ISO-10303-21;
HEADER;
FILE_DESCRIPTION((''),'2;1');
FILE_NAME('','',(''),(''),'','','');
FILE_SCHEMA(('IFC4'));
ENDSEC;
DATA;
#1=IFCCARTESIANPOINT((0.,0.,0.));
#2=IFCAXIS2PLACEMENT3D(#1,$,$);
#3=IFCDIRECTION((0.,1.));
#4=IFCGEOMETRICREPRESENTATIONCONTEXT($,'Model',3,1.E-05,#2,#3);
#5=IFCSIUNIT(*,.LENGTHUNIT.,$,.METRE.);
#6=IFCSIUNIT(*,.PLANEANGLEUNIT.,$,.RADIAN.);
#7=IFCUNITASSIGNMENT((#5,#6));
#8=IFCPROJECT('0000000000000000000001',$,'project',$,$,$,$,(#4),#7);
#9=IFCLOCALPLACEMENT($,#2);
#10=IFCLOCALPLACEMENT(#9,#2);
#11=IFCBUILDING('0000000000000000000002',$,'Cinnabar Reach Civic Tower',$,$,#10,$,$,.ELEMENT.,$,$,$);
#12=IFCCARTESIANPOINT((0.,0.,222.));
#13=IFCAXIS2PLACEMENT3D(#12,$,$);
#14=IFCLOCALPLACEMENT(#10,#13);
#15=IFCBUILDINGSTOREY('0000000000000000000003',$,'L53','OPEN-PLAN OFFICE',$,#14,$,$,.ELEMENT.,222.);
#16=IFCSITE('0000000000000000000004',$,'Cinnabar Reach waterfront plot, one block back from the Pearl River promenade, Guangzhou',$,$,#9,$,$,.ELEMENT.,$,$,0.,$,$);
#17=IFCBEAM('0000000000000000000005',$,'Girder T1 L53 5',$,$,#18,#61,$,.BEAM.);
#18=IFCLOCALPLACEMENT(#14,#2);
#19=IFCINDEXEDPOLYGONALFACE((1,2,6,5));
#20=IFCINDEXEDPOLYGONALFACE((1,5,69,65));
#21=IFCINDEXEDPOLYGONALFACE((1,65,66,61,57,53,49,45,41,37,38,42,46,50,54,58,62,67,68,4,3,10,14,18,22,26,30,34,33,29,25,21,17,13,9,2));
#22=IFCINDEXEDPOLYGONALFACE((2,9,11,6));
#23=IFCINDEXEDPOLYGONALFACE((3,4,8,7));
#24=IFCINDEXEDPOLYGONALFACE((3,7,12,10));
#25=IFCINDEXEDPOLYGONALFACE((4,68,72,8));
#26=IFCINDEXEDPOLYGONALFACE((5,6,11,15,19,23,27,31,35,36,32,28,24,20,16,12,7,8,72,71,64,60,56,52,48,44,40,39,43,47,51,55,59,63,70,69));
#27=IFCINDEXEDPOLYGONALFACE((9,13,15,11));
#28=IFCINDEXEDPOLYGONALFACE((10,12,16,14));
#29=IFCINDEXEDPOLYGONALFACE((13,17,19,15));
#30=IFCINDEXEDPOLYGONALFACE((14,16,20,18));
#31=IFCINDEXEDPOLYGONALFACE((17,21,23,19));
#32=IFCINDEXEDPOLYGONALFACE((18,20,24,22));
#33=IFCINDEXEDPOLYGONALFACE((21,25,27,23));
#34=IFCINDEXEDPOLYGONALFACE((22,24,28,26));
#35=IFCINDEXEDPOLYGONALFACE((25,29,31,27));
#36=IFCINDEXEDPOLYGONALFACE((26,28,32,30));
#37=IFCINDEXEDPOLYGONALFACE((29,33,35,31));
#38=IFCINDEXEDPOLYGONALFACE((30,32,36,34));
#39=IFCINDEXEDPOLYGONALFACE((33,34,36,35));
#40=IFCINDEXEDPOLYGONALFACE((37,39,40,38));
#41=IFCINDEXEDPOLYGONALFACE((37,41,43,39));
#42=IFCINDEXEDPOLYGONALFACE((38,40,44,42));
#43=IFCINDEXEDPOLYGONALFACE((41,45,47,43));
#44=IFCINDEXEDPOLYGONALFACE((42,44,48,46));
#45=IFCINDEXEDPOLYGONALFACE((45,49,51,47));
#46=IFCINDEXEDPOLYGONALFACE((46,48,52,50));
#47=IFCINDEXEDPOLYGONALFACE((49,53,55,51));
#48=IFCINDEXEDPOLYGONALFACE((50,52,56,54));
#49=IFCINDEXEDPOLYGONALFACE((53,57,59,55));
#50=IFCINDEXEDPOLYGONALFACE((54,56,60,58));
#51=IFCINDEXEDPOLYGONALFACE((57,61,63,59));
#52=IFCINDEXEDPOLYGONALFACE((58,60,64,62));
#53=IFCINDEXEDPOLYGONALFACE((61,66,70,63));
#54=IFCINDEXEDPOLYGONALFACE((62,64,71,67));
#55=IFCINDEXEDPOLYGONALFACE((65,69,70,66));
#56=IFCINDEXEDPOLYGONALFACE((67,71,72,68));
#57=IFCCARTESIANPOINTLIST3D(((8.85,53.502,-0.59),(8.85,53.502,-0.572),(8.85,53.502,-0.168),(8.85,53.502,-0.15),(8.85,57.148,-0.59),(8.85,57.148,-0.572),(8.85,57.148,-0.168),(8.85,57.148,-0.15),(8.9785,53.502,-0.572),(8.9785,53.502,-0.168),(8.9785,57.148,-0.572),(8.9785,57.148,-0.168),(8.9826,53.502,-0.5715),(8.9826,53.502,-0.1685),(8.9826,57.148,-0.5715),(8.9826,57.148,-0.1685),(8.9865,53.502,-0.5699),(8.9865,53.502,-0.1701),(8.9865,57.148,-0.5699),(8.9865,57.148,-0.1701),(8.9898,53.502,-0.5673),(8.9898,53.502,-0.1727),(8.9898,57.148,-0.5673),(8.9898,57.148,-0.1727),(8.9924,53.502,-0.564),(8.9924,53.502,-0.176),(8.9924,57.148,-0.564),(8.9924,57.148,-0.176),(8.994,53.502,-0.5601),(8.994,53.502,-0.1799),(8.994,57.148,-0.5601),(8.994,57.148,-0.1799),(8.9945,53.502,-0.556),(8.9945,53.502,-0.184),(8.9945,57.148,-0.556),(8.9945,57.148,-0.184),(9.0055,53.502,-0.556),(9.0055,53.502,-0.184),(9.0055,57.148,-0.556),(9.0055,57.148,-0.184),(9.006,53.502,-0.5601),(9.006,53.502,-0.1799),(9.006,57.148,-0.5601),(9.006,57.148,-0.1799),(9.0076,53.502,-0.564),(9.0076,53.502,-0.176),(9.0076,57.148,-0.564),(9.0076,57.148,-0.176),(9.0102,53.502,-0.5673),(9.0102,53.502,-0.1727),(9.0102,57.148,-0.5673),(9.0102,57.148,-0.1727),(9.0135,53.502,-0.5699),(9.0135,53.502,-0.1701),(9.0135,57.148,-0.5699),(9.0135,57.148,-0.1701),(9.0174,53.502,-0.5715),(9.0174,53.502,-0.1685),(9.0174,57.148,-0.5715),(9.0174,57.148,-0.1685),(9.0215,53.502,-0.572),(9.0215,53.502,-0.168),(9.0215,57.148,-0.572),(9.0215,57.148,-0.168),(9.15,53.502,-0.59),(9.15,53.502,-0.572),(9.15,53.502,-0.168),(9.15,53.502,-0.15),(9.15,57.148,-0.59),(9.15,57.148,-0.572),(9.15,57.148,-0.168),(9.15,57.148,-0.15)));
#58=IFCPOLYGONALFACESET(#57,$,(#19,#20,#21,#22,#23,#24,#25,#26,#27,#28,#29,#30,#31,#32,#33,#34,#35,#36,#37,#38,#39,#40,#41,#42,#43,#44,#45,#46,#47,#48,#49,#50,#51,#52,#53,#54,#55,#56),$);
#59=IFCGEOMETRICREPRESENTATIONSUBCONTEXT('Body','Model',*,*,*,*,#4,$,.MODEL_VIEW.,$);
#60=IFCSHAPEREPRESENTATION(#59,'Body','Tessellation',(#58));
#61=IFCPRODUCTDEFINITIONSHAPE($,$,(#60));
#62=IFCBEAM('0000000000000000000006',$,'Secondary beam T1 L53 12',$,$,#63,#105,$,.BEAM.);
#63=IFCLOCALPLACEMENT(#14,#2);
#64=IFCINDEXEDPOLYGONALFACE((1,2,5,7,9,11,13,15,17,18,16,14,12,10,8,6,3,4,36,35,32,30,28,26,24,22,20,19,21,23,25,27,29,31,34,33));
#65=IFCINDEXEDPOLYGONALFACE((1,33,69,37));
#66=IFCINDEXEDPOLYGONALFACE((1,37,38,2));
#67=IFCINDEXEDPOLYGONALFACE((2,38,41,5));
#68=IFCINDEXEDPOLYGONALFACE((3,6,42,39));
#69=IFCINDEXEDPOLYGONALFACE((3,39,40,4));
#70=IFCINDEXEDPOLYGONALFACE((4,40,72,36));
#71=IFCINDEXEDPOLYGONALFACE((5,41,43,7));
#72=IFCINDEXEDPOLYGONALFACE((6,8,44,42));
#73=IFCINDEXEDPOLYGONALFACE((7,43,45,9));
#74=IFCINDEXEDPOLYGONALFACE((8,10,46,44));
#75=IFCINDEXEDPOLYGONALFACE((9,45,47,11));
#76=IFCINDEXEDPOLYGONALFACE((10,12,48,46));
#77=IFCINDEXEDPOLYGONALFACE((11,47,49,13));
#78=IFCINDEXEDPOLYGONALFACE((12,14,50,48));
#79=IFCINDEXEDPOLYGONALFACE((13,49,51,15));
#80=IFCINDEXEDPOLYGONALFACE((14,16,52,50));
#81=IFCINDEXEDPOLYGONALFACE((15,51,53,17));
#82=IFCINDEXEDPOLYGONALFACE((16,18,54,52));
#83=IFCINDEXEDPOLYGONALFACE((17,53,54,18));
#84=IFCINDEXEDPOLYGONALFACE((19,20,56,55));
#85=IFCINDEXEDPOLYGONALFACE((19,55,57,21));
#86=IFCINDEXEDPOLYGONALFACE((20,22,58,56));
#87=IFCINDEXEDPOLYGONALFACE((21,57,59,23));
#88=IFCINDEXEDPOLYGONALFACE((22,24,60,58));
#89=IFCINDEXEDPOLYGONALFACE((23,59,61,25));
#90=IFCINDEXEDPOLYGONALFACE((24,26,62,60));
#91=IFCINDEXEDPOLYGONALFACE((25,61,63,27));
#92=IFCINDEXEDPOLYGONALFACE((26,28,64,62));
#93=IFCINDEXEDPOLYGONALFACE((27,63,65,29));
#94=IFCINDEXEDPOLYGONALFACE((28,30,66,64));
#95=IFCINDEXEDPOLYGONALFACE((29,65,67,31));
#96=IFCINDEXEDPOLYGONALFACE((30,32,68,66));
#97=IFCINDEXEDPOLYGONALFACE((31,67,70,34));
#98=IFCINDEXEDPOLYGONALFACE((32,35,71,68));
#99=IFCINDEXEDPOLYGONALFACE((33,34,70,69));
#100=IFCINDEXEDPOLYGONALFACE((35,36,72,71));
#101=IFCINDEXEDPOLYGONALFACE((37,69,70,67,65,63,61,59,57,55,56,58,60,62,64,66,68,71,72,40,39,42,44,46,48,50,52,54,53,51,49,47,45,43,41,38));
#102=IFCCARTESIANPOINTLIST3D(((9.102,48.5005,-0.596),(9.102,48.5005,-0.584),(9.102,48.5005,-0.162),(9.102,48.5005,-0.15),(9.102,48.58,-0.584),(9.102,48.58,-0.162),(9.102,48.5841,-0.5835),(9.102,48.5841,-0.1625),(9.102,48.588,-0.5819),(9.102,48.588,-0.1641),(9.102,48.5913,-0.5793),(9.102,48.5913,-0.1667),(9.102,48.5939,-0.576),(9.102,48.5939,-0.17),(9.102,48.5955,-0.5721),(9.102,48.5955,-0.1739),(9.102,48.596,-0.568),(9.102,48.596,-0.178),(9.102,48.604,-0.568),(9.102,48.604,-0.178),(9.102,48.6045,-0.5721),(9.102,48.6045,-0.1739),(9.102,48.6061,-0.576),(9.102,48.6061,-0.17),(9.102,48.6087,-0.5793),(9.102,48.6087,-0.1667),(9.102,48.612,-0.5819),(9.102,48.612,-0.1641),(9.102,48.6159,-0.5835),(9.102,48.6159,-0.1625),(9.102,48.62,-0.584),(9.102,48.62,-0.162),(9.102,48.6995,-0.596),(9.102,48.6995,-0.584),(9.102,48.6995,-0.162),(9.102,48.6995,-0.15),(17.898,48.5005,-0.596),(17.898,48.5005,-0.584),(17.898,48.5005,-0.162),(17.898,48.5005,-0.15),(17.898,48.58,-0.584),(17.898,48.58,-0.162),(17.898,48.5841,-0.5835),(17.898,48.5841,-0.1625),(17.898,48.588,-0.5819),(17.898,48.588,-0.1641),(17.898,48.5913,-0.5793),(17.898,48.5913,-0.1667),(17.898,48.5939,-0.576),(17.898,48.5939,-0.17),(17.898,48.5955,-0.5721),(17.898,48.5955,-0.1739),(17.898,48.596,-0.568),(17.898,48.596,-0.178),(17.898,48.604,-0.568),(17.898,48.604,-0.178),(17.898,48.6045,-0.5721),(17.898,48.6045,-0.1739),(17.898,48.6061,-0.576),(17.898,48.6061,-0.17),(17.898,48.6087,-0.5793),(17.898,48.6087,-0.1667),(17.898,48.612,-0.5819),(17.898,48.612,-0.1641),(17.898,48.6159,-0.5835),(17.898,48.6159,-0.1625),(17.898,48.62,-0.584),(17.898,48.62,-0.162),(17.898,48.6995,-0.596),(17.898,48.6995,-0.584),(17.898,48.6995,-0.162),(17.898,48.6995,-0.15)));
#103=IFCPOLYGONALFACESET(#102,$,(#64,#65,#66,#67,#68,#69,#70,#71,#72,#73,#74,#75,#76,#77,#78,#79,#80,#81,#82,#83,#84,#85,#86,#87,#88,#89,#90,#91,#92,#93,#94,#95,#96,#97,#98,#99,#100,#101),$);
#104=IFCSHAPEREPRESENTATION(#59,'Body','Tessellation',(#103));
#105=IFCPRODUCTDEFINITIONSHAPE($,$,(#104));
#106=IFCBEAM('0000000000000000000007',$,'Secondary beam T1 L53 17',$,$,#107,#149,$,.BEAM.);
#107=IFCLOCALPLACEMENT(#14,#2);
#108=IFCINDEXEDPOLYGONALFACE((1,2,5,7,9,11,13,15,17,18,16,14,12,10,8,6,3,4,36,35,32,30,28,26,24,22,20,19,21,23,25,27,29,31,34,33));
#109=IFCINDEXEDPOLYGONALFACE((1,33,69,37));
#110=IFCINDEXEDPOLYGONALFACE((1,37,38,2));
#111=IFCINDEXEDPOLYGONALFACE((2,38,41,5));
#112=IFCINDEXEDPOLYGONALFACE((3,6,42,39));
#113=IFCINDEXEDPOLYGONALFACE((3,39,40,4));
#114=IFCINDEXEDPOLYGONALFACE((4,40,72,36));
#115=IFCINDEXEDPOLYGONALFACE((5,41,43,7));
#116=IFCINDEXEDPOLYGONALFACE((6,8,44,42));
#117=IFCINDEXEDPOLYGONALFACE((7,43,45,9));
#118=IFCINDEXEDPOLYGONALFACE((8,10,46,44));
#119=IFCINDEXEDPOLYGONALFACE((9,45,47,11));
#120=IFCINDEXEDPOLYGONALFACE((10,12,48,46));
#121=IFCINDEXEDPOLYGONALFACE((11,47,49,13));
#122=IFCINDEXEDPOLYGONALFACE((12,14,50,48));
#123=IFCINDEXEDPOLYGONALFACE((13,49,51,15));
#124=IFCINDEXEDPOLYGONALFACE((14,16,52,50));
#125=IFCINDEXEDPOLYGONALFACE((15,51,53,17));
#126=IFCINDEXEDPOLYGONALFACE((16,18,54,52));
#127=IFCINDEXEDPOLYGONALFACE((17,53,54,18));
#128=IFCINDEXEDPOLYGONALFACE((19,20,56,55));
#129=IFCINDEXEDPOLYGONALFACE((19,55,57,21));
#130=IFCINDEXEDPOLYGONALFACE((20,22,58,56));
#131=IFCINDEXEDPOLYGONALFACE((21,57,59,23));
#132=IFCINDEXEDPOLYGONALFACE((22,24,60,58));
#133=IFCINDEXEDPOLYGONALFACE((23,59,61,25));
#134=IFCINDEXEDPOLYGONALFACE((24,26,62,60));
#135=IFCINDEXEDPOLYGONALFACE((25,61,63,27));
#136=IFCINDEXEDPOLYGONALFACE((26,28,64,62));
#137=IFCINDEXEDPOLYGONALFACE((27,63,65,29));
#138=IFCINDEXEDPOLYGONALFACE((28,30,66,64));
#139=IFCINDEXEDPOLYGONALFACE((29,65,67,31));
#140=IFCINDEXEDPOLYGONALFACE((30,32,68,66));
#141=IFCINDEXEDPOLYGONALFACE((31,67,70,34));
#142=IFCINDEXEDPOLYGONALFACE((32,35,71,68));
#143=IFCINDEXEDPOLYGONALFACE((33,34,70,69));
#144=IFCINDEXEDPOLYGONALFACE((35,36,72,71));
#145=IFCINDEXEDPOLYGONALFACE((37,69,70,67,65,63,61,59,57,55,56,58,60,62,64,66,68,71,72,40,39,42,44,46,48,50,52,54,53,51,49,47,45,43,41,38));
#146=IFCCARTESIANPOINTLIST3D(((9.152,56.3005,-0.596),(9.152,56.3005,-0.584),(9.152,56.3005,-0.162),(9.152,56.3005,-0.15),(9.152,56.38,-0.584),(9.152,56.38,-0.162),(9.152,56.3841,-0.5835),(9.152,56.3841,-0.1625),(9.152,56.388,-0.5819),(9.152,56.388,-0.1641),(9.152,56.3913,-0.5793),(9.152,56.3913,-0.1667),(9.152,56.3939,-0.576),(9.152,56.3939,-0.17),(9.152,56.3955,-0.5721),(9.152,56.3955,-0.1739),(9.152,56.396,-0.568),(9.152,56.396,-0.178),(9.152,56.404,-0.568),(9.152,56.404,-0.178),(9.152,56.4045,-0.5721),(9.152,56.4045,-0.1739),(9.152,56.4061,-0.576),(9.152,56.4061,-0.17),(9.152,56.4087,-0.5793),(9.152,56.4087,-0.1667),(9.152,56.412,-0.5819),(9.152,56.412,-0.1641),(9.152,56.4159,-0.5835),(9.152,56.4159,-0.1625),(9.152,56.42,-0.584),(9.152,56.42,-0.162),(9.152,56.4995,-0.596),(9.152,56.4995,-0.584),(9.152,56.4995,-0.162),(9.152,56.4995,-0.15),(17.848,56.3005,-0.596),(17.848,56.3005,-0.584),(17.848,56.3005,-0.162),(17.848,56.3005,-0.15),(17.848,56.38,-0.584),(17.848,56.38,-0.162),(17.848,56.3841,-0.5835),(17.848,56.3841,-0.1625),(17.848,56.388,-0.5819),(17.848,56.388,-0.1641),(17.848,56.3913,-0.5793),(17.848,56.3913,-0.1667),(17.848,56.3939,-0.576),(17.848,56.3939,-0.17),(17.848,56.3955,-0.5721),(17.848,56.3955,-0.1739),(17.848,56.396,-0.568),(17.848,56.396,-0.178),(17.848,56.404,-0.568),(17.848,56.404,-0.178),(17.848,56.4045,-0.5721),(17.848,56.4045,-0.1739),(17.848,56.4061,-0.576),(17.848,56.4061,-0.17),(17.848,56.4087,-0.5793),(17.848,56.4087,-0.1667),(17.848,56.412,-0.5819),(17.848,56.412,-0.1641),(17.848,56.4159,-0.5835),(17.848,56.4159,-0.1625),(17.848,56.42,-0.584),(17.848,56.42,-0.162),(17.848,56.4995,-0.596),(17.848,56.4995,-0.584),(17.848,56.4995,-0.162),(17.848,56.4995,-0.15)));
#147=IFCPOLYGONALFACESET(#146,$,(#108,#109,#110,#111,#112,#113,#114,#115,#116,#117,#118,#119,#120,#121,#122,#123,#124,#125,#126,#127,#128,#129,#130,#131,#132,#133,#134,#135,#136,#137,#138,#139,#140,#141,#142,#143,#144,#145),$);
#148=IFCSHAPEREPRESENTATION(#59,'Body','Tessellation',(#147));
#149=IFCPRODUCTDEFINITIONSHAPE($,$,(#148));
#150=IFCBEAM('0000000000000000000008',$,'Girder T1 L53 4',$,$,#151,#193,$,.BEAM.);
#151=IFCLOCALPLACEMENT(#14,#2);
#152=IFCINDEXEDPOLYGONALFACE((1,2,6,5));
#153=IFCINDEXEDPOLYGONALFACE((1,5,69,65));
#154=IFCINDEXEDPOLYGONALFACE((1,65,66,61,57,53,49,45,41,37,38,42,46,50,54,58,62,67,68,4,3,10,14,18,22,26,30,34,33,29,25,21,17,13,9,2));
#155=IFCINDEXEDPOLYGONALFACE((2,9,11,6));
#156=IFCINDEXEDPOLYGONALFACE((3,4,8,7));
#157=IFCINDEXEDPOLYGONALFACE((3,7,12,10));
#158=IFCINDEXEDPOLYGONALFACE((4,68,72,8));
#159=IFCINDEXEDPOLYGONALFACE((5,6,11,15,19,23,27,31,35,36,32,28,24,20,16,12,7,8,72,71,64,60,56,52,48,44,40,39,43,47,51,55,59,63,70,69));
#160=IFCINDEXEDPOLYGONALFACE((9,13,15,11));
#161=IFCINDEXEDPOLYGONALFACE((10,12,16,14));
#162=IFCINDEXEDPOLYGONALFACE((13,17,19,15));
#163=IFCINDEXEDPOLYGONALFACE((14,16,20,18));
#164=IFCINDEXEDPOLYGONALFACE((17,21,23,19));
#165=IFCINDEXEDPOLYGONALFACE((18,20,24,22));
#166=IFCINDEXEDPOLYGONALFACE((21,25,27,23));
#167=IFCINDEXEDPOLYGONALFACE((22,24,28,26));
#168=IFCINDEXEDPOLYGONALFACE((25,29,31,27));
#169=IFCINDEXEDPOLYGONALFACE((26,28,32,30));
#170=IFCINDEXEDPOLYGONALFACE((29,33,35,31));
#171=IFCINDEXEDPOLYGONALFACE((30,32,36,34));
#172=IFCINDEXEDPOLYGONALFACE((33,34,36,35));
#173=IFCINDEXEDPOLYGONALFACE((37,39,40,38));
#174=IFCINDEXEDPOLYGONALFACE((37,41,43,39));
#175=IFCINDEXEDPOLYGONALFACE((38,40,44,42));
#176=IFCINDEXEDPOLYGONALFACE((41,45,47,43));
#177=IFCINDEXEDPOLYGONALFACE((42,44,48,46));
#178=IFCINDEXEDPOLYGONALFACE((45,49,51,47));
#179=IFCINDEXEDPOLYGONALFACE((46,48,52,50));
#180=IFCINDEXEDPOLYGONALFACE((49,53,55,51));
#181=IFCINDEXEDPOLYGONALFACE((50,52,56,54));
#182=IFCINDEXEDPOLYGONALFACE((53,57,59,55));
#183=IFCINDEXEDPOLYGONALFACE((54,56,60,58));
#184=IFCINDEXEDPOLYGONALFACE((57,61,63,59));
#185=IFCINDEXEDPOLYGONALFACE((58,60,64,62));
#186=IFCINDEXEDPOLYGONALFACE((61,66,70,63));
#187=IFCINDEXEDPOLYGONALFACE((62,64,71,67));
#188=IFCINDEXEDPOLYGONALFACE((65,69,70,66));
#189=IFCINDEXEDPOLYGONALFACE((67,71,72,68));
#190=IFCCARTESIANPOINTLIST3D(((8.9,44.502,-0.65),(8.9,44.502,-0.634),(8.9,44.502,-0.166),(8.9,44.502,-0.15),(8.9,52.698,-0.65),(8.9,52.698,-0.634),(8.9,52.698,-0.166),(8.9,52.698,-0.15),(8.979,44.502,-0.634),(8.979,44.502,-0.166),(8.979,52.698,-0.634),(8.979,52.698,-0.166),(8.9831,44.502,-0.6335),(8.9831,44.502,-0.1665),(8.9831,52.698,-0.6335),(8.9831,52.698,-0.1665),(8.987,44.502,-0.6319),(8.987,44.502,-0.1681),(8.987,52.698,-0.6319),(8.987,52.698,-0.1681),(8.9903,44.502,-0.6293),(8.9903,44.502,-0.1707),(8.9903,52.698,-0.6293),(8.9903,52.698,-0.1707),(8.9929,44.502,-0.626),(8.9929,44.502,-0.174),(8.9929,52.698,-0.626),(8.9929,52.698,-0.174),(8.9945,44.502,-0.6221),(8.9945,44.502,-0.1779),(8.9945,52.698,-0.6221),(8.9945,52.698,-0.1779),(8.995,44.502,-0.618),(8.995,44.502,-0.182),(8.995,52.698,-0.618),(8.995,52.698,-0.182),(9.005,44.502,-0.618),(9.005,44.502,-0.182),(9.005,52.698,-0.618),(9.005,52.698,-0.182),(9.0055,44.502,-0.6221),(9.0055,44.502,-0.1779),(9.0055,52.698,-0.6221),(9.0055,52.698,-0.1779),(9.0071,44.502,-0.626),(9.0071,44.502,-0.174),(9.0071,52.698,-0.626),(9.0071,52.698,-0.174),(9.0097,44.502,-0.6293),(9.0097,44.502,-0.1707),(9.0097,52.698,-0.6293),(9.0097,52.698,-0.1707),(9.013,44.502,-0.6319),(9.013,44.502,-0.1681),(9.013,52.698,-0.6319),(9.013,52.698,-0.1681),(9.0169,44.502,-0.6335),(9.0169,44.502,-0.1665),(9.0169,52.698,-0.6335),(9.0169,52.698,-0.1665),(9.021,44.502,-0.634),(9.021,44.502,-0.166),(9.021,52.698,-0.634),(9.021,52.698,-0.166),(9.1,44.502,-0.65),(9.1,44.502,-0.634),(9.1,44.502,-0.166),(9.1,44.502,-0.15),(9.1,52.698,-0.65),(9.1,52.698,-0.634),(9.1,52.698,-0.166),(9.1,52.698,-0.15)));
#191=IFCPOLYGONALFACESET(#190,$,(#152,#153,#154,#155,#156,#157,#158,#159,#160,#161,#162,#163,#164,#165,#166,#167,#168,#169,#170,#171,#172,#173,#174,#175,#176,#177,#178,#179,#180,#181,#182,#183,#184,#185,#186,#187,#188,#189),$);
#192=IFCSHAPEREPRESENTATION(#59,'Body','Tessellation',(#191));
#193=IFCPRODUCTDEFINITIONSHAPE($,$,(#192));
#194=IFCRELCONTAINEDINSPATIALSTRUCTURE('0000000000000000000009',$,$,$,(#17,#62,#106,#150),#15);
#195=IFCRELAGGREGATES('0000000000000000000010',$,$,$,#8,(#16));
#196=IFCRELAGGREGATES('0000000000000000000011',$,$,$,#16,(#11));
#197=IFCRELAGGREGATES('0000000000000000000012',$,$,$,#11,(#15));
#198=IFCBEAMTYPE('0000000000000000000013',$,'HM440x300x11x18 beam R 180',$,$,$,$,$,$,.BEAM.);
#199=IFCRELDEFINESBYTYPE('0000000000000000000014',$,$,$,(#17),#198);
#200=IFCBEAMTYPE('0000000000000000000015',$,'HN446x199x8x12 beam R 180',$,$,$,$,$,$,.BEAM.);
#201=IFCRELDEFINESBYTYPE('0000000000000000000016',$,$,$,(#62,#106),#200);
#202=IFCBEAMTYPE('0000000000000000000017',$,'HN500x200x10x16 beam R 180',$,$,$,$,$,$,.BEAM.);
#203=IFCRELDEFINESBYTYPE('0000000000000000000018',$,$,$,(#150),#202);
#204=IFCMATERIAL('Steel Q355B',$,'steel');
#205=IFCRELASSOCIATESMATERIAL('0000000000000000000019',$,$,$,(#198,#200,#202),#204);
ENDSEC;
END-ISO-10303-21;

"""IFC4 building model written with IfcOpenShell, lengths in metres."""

from ifc_helpers import new_model, si_unit, direction, frame, origin, origin_2d, place, context, subcontext, project, spatial, i_section, extrude, material, material_profile, profile_set, type_object, element, save


model = new_model("IFC4")

# Units and contexts
model_context = context("Model", 3, precision=1e-05, world=origin(), true_north=direction((0.0, 1.0)))
body_context = subcontext(model_context, "Body", "Model", "MODEL_VIEW")
ifc_project = project(units=[si_unit("LENGTHUNIT", "METRE"), si_unit("PLANEANGLEUNIT", "RADIAN")], contexts=[model_context])

# Site, building, storey
site_placement = place(None, origin())
site = spatial("IfcSite", under=ifc_project, at=site_placement, Name="Cinnabar Reach waterfront plot, one block back from the Pearl River promenade, Guangzhou", CompositionType="ELEMENT", RefElevation=0.0)
building_placement = place(site_placement, origin())
building = spatial("IfcBuilding", under=site, at=building_placement, Name="Cinnabar Reach Civic Tower", CompositionType="ELEMENT")
storey_placement = place(building_placement, frame((0.0, 0.0, 222.0)))
storey = spatial("IfcBuildingStorey", under=building, at=storey_placement, Name="L53", Description="OPEN-PLAN OFFICE", CompositionType="ELEMENT", Elevation=222.0)

# Beams
ifc_material_1 = material(Name="Steel Q355B", Category="steel")
ifc_material_profile_1 = material_profile(ifc_material_1, i_section(OverallWidth=0.3, OverallDepth=0.44, WebThickness=0.011, FlangeThickness=0.018, FilletRadius=0.016, at=origin_2d()), Name="HM440x300x11x18")
ifc_profile_set_1 = profile_set([ifc_material_profile_1], Name="Steel Q355B")
beam_type_1 = type_object("IfcBeamType", Name="HM440x300x11x18 beam R 180", PredefinedType="BEAM", material=ifc_profile_set_1)
beam_1_placement = place(storey_placement, frame((9.0, 53.502, -0.37), z_axis=(0.0, 1.0, 0.0), x_axis=(-1.0, 0.0, 0.0)))
element("IfcBeam", 1, at=beam_1_placement, inside=storey, type_object=beam_type_1, Name="Girder T1 L53 5", PredefinedType="BEAM", context=body_context, shape_type="SweptSolid", body=[
    extrude(i_section(OverallWidth=0.3, OverallDepth=0.44, WebThickness=0.011, FlangeThickness=0.018, FilletRadius=0.016, at=origin_2d()), origin(), (0.0, 0.0, 1.0), 3.646),
])
ifc_material_profile_2 = material_profile(ifc_material_1, i_section(OverallWidth=0.199, OverallDepth=0.446, WebThickness=0.008, FlangeThickness=0.012, FilletRadius=0.016, at=origin_2d()), Name="HN446x199x8x12")
ifc_profile_set_2 = profile_set([ifc_material_profile_2], Name="Steel Q355B")
beam_type_2 = type_object("IfcBeamType", Name="HN446x199x8x12 beam R 180", PredefinedType="BEAM", material=ifc_profile_set_2)
beam_2_placement = place(storey_placement, frame((9.102, 48.6, -0.373), z_axis=(1.0, 0.0, 0.0), x_axis=(0.0, 1.0, 0.0)))
element("IfcBeam", 2, at=beam_2_placement, inside=storey, type_object=beam_type_2, Name="Secondary beam T1 L53 12", PredefinedType="BEAM", context=body_context, shape_type="SweptSolid", body=[
    extrude(i_section(OverallWidth=0.199, OverallDepth=0.446, WebThickness=0.008, FlangeThickness=0.012, FilletRadius=0.016, at=origin_2d()), origin(), (0.0, 0.0, 1.0), 8.796),
])
beam_3_placement = place(storey_placement, frame((9.152, 56.4, -0.373), z_axis=(1.0, 0.0, 0.0), x_axis=(0.0, 1.0, 0.0)))
element("IfcBeam", 3, at=beam_3_placement, inside=storey, type_object=beam_type_2, Name="Secondary beam T1 L53 17", PredefinedType="BEAM", context=body_context, shape_type="SweptSolid", body=[
    extrude(i_section(OverallWidth=0.199, OverallDepth=0.446, WebThickness=0.008, FlangeThickness=0.012, FilletRadius=0.016, at=origin_2d()), origin(), (0.0, 0.0, 1.0), 8.696),
])
ifc_material_profile_3 = material_profile(ifc_material_1, i_section(OverallWidth=0.2, OverallDepth=0.5, WebThickness=0.01, FlangeThickness=0.016, FilletRadius=0.016, at=origin_2d()), Name="HN500x200x10x16")
ifc_profile_set_3 = profile_set([ifc_material_profile_3], Name="Steel Q355B")
beam_type_3 = type_object("IfcBeamType", Name="HN500x200x10x16 beam R 180", PredefinedType="BEAM", material=ifc_profile_set_3)
for number, where, z_axis, x_axis, name in (
    (4, (9.0, 44.502, -0.4), (0.0, 1.0, 0.0), (-1.0, 0.0, 0.0), "Girder T1 L53 4"),
):
    element("IfcBeam", number, at=place(storey_placement, frame(where, z_axis=z_axis, x_axis=x_axis)), inside=storey, type_object=beam_type_3, Name=name, PredefinedType="BEAM", context=body_context, shape_type="SweptSolid", body=[
        extrude(i_section(OverallWidth=0.2, OverallDepth=0.5, WebThickness=0.01, FlangeThickness=0.016, FilletRadius=0.016, at=origin_2d()), origin(), (0.0, 0.0, 1.0), 8.196),
    ])

save(model, "model.ifc")
